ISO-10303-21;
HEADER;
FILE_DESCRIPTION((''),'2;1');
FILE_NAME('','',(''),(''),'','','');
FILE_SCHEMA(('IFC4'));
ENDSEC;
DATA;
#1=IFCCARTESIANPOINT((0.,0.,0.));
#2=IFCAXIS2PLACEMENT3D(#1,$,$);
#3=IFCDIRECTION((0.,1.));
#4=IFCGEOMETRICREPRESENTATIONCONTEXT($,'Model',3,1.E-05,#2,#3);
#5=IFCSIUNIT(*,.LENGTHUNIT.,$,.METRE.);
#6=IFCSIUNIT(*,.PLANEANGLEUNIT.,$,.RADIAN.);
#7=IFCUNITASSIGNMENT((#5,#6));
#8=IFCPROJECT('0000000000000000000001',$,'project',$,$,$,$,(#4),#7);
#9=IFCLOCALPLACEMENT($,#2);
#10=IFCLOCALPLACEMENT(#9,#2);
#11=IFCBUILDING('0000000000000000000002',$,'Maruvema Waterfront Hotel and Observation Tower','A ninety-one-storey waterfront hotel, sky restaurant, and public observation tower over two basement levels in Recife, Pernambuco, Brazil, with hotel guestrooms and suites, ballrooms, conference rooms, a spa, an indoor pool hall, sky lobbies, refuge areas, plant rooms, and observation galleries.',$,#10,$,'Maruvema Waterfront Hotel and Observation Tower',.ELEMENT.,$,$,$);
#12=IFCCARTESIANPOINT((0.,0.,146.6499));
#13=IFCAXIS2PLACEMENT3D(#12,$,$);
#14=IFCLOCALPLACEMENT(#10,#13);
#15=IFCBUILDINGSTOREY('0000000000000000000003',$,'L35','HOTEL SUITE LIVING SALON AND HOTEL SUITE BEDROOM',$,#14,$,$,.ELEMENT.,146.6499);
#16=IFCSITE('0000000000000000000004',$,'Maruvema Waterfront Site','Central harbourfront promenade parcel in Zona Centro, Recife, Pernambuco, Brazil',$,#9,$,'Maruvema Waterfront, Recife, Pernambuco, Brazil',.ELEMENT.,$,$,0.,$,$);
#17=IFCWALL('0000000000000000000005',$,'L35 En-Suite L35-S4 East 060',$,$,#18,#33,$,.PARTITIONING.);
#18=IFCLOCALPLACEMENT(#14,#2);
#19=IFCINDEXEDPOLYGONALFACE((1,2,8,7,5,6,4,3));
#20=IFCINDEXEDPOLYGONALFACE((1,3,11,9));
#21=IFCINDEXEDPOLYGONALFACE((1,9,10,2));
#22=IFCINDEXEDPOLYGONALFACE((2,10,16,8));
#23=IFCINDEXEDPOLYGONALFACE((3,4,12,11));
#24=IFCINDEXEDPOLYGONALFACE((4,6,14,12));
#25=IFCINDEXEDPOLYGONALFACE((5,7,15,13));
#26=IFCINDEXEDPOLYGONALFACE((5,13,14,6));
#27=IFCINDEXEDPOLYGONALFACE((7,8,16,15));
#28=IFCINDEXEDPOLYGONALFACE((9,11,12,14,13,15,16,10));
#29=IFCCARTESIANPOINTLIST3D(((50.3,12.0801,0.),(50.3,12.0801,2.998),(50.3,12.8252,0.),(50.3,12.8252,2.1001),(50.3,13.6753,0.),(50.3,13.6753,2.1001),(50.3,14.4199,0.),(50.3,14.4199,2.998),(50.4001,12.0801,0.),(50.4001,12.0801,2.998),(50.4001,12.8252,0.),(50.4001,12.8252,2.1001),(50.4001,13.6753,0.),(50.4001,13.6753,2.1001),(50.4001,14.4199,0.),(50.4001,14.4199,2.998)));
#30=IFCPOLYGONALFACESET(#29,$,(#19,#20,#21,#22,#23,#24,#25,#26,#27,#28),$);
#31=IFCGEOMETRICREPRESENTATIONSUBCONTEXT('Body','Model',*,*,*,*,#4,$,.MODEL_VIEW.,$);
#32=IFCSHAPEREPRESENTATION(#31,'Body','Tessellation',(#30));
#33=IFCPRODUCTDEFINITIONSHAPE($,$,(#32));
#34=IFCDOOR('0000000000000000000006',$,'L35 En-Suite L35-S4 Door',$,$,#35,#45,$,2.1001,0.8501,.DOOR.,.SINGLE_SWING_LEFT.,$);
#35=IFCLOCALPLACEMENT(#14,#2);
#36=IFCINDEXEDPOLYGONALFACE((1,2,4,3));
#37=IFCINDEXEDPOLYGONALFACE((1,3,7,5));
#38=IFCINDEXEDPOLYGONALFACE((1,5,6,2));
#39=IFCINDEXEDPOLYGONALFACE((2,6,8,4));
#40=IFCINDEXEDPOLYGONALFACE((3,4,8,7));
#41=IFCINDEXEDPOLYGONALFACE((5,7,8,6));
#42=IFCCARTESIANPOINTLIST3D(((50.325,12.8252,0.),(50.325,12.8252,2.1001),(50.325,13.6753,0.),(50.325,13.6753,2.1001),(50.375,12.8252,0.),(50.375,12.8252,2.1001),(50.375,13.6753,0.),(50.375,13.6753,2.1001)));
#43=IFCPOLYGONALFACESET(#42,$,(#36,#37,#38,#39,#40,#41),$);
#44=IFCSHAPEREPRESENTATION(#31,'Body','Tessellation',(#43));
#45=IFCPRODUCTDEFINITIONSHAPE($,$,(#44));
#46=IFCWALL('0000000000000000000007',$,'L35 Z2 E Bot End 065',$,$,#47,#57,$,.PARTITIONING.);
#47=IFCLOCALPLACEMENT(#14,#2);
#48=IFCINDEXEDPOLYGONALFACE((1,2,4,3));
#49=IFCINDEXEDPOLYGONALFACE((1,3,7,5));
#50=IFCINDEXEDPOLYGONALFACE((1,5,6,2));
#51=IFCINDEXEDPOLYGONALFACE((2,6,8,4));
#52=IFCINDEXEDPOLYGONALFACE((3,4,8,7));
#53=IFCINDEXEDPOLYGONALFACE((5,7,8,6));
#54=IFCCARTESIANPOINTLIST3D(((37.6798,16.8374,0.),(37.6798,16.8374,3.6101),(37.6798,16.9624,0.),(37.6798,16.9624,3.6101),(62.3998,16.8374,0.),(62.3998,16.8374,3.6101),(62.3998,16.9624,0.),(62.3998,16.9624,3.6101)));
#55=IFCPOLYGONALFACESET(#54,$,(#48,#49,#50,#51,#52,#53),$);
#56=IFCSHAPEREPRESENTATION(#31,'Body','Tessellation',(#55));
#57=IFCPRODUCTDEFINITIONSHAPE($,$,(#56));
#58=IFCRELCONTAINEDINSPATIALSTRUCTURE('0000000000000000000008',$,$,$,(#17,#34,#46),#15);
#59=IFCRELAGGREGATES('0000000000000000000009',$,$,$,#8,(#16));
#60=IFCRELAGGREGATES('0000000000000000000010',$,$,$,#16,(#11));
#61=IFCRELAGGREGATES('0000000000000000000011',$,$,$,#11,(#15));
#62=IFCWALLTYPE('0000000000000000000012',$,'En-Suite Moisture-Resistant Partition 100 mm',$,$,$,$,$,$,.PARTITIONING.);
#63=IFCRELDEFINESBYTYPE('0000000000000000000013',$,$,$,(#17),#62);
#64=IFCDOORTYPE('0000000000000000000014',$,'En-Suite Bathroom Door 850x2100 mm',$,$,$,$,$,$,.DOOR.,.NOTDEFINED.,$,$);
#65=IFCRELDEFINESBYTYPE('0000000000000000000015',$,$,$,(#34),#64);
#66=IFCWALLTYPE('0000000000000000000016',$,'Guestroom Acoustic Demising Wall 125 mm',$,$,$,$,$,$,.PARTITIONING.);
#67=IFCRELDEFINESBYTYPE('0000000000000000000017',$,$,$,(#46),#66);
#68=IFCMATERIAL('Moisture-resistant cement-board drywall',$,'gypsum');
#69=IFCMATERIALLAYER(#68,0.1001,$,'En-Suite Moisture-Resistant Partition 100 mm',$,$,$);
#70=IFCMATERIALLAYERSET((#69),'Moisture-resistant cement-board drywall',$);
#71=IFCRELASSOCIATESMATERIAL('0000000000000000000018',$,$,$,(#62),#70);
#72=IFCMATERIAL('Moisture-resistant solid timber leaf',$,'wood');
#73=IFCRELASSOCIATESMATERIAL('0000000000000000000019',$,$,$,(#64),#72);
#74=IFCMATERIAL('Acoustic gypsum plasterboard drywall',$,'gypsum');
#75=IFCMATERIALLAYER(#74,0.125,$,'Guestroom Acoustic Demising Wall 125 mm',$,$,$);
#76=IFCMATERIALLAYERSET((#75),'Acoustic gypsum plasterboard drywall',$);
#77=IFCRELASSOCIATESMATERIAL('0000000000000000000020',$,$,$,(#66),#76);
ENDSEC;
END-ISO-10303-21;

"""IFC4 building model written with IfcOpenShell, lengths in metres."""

from ifc_helpers import new_model, si_unit, direction, frame, frame_2d, origin, place, context, subcontext, project, spatial, rectangle, extrude, material, layer, layer_set, type_object, element, fill, save


model = new_model("IFC4")

# Units and contexts
model_context = context("Model", 3, precision=1e-05, world=origin(), true_north=direction((0.0, 1.0)))
body_context = subcontext(model_context, "Body", "Model", "MODEL_VIEW")
ifc_project = project(units=[si_unit("LENGTHUNIT", "METRE"), si_unit("PLANEANGLEUNIT", "RADIAN")], contexts=[model_context])

# Site, building, storey
site_placement = place(None, origin())
site = spatial("IfcSite", under=ifc_project, at=site_placement, Name="Maruvema Waterfront Site", Description="Central harbourfront promenade parcel in Zona Centro, Recife, Pernambuco, Brazil", LongName="Maruvema Waterfront, Recife, Pernambuco, Brazil", CompositionType="ELEMENT", RefElevation=0.0)
building_placement = place(site_placement, origin())
building = spatial("IfcBuilding", under=site, at=building_placement, Name="Maruvema Waterfront Hotel and Observation Tower", Description="A ninety-one-storey waterfront hotel, sky restaurant, and public observation tower over two basement levels in Recife, Pernambuco, Brazil, with hotel guestrooms and suites, ballrooms, conference rooms, a spa, an indoor pool hall, sky lobbies, refuge areas, plant rooms, and observation galleries.", LongName="Maruvema Waterfront Hotel and Observation Tower", CompositionType="ELEMENT")
storey_placement = place(building_placement, frame((0.0, 0.0, 146.6499)))
storey = spatial("IfcBuildingStorey", under=building, at=storey_placement, Name="L35", Description="HOTEL SUITE LIVING SALON AND HOTEL SUITE BEDROOM", CompositionType="ELEMENT", Elevation=146.6499)

# Shared definitions
ifc_material_1 = material(Name="Moisture-resistant cement-board drywall", Category="gypsum")
ifc_layer_1 = layer(ifc_material_1, 0.1001, Name="En-Suite Moisture-Resistant Partition 100 mm")
ifc_layer_set_1 = layer_set([ifc_layer_1], Name="Moisture-resistant cement-board drywall")
wall_type_1 = type_object("IfcWallType", Name="En-Suite Moisture-Resistant Partition 100 mm", PredefinedType="PARTITIONING", material=ifc_layer_set_1)

# Shared definitions
ifc_material_2 = material(Name="Moisture-resistant solid timber leaf", Category="wood")
door_type_1 = type_object("IfcDoorType", Name="En-Suite Bathroom Door 850x2100 mm", OperationType="NOTDEFINED", PredefinedType="DOOR", material=ifc_material_2)

# Wall, opening, door
wall_1_placement = place(storey_placement, frame((50.3501, 12.0801, 0.0), z_axis=(0.0, 0.0, 1.0), x_axis=(0.0, 1.0, 0.0)))
wall_1 = element("IfcWall", 1, at=wall_1_placement, inside=storey, type_object=wall_type_1, Name="L35 En-Suite L35-S4 East 060", PredefinedType="PARTITIONING", context=body_context, shape_type="SweptSolid", body=[
    extrude(rectangle(XDim=2.3398, YDim=0.1001, at=frame_2d((1.1699, 0.0))), origin(), (0.0, 0.0, 1.0), 2.998),
])
opening_1_placement = place(wall_1_placement, frame((0.7451, 0.0, 0.0)))
opening_1 = element("IfcOpeningElement", 2, at=opening_1_placement, cuts=wall_1, PredefinedType="OPENING", context=body_context, shape_type="SweptSolid", body=[
    extrude(rectangle(XDim=0.8501, YDim=2.1001, at=frame_2d((0.425, 1.05))), frame((0.0, 0.0601, 0.0), z_axis=(0.0, -1.0, 0.0), x_axis=(1.0, 0.0, 0.0)), (0.0, 0.0, 1.0), 0.1201),
])
door_1_placement = place(opening_1_placement, frame((0.8501, 0.0, 0.0), z_axis=(0.0, 0.0, 1.0), x_axis=(-1.0, 0.0, 0.0)))
door_1 = element("IfcDoor", 3, at=door_1_placement, inside=storey, type_object=door_type_1, Name="L35 En-Suite L35-S4 Door", OperationType="SINGLE_SWING_LEFT", OverallHeight=2.1001, OverallWidth=0.8501, PredefinedType="DOOR", context=body_context, shape_type="SweptSolid", body=[
    extrude(rectangle(XDim=0.8501, YDim=2.1001, at=frame_2d((0.425, 1.05))), frame((0.0, 0.0249, 0.0), z_axis=(0.0, -1.0, 0.0), x_axis=(1.0, 0.0, 0.0)), (0.0, 0.0, 1.0), 0.05),
])
fill(opening_1, door_1)

# Wall
ifc_material_3 = material(Name="Acoustic gypsum plasterboard drywall", Category="gypsum")
ifc_layer_2 = layer(ifc_material_3, 0.125, Name="Guestroom Acoustic Demising Wall 125 mm")
ifc_layer_set_2 = layer_set([ifc_layer_2], Name="Acoustic gypsum plasterboard drywall")
wall_type_2 = type_object("IfcWallType", Name="Guestroom Acoustic Demising Wall 125 mm", PredefinedType="PARTITIONING", material=ifc_layer_set_2)
wall_2_placement = place(storey_placement, frame((37.6799, 16.8999, 0.0), z_axis=(0.0, 0.0, 1.0), x_axis=(1.0, 0.0, 0.0)))
element("IfcWall", 4, at=wall_2_placement, inside=storey, type_object=wall_type_2, Name="L35 Z2 E Bot End 065", PredefinedType="PARTITIONING", context=body_context, shape_type="SweptSolid", body=[
    extrude(rectangle(XDim=24.72, YDim=0.125, at=frame_2d((12.3599, 0.0))), origin(), (0.0, 0.0, 1.0), 3.6101),
])

save(model, "model.ifc")
